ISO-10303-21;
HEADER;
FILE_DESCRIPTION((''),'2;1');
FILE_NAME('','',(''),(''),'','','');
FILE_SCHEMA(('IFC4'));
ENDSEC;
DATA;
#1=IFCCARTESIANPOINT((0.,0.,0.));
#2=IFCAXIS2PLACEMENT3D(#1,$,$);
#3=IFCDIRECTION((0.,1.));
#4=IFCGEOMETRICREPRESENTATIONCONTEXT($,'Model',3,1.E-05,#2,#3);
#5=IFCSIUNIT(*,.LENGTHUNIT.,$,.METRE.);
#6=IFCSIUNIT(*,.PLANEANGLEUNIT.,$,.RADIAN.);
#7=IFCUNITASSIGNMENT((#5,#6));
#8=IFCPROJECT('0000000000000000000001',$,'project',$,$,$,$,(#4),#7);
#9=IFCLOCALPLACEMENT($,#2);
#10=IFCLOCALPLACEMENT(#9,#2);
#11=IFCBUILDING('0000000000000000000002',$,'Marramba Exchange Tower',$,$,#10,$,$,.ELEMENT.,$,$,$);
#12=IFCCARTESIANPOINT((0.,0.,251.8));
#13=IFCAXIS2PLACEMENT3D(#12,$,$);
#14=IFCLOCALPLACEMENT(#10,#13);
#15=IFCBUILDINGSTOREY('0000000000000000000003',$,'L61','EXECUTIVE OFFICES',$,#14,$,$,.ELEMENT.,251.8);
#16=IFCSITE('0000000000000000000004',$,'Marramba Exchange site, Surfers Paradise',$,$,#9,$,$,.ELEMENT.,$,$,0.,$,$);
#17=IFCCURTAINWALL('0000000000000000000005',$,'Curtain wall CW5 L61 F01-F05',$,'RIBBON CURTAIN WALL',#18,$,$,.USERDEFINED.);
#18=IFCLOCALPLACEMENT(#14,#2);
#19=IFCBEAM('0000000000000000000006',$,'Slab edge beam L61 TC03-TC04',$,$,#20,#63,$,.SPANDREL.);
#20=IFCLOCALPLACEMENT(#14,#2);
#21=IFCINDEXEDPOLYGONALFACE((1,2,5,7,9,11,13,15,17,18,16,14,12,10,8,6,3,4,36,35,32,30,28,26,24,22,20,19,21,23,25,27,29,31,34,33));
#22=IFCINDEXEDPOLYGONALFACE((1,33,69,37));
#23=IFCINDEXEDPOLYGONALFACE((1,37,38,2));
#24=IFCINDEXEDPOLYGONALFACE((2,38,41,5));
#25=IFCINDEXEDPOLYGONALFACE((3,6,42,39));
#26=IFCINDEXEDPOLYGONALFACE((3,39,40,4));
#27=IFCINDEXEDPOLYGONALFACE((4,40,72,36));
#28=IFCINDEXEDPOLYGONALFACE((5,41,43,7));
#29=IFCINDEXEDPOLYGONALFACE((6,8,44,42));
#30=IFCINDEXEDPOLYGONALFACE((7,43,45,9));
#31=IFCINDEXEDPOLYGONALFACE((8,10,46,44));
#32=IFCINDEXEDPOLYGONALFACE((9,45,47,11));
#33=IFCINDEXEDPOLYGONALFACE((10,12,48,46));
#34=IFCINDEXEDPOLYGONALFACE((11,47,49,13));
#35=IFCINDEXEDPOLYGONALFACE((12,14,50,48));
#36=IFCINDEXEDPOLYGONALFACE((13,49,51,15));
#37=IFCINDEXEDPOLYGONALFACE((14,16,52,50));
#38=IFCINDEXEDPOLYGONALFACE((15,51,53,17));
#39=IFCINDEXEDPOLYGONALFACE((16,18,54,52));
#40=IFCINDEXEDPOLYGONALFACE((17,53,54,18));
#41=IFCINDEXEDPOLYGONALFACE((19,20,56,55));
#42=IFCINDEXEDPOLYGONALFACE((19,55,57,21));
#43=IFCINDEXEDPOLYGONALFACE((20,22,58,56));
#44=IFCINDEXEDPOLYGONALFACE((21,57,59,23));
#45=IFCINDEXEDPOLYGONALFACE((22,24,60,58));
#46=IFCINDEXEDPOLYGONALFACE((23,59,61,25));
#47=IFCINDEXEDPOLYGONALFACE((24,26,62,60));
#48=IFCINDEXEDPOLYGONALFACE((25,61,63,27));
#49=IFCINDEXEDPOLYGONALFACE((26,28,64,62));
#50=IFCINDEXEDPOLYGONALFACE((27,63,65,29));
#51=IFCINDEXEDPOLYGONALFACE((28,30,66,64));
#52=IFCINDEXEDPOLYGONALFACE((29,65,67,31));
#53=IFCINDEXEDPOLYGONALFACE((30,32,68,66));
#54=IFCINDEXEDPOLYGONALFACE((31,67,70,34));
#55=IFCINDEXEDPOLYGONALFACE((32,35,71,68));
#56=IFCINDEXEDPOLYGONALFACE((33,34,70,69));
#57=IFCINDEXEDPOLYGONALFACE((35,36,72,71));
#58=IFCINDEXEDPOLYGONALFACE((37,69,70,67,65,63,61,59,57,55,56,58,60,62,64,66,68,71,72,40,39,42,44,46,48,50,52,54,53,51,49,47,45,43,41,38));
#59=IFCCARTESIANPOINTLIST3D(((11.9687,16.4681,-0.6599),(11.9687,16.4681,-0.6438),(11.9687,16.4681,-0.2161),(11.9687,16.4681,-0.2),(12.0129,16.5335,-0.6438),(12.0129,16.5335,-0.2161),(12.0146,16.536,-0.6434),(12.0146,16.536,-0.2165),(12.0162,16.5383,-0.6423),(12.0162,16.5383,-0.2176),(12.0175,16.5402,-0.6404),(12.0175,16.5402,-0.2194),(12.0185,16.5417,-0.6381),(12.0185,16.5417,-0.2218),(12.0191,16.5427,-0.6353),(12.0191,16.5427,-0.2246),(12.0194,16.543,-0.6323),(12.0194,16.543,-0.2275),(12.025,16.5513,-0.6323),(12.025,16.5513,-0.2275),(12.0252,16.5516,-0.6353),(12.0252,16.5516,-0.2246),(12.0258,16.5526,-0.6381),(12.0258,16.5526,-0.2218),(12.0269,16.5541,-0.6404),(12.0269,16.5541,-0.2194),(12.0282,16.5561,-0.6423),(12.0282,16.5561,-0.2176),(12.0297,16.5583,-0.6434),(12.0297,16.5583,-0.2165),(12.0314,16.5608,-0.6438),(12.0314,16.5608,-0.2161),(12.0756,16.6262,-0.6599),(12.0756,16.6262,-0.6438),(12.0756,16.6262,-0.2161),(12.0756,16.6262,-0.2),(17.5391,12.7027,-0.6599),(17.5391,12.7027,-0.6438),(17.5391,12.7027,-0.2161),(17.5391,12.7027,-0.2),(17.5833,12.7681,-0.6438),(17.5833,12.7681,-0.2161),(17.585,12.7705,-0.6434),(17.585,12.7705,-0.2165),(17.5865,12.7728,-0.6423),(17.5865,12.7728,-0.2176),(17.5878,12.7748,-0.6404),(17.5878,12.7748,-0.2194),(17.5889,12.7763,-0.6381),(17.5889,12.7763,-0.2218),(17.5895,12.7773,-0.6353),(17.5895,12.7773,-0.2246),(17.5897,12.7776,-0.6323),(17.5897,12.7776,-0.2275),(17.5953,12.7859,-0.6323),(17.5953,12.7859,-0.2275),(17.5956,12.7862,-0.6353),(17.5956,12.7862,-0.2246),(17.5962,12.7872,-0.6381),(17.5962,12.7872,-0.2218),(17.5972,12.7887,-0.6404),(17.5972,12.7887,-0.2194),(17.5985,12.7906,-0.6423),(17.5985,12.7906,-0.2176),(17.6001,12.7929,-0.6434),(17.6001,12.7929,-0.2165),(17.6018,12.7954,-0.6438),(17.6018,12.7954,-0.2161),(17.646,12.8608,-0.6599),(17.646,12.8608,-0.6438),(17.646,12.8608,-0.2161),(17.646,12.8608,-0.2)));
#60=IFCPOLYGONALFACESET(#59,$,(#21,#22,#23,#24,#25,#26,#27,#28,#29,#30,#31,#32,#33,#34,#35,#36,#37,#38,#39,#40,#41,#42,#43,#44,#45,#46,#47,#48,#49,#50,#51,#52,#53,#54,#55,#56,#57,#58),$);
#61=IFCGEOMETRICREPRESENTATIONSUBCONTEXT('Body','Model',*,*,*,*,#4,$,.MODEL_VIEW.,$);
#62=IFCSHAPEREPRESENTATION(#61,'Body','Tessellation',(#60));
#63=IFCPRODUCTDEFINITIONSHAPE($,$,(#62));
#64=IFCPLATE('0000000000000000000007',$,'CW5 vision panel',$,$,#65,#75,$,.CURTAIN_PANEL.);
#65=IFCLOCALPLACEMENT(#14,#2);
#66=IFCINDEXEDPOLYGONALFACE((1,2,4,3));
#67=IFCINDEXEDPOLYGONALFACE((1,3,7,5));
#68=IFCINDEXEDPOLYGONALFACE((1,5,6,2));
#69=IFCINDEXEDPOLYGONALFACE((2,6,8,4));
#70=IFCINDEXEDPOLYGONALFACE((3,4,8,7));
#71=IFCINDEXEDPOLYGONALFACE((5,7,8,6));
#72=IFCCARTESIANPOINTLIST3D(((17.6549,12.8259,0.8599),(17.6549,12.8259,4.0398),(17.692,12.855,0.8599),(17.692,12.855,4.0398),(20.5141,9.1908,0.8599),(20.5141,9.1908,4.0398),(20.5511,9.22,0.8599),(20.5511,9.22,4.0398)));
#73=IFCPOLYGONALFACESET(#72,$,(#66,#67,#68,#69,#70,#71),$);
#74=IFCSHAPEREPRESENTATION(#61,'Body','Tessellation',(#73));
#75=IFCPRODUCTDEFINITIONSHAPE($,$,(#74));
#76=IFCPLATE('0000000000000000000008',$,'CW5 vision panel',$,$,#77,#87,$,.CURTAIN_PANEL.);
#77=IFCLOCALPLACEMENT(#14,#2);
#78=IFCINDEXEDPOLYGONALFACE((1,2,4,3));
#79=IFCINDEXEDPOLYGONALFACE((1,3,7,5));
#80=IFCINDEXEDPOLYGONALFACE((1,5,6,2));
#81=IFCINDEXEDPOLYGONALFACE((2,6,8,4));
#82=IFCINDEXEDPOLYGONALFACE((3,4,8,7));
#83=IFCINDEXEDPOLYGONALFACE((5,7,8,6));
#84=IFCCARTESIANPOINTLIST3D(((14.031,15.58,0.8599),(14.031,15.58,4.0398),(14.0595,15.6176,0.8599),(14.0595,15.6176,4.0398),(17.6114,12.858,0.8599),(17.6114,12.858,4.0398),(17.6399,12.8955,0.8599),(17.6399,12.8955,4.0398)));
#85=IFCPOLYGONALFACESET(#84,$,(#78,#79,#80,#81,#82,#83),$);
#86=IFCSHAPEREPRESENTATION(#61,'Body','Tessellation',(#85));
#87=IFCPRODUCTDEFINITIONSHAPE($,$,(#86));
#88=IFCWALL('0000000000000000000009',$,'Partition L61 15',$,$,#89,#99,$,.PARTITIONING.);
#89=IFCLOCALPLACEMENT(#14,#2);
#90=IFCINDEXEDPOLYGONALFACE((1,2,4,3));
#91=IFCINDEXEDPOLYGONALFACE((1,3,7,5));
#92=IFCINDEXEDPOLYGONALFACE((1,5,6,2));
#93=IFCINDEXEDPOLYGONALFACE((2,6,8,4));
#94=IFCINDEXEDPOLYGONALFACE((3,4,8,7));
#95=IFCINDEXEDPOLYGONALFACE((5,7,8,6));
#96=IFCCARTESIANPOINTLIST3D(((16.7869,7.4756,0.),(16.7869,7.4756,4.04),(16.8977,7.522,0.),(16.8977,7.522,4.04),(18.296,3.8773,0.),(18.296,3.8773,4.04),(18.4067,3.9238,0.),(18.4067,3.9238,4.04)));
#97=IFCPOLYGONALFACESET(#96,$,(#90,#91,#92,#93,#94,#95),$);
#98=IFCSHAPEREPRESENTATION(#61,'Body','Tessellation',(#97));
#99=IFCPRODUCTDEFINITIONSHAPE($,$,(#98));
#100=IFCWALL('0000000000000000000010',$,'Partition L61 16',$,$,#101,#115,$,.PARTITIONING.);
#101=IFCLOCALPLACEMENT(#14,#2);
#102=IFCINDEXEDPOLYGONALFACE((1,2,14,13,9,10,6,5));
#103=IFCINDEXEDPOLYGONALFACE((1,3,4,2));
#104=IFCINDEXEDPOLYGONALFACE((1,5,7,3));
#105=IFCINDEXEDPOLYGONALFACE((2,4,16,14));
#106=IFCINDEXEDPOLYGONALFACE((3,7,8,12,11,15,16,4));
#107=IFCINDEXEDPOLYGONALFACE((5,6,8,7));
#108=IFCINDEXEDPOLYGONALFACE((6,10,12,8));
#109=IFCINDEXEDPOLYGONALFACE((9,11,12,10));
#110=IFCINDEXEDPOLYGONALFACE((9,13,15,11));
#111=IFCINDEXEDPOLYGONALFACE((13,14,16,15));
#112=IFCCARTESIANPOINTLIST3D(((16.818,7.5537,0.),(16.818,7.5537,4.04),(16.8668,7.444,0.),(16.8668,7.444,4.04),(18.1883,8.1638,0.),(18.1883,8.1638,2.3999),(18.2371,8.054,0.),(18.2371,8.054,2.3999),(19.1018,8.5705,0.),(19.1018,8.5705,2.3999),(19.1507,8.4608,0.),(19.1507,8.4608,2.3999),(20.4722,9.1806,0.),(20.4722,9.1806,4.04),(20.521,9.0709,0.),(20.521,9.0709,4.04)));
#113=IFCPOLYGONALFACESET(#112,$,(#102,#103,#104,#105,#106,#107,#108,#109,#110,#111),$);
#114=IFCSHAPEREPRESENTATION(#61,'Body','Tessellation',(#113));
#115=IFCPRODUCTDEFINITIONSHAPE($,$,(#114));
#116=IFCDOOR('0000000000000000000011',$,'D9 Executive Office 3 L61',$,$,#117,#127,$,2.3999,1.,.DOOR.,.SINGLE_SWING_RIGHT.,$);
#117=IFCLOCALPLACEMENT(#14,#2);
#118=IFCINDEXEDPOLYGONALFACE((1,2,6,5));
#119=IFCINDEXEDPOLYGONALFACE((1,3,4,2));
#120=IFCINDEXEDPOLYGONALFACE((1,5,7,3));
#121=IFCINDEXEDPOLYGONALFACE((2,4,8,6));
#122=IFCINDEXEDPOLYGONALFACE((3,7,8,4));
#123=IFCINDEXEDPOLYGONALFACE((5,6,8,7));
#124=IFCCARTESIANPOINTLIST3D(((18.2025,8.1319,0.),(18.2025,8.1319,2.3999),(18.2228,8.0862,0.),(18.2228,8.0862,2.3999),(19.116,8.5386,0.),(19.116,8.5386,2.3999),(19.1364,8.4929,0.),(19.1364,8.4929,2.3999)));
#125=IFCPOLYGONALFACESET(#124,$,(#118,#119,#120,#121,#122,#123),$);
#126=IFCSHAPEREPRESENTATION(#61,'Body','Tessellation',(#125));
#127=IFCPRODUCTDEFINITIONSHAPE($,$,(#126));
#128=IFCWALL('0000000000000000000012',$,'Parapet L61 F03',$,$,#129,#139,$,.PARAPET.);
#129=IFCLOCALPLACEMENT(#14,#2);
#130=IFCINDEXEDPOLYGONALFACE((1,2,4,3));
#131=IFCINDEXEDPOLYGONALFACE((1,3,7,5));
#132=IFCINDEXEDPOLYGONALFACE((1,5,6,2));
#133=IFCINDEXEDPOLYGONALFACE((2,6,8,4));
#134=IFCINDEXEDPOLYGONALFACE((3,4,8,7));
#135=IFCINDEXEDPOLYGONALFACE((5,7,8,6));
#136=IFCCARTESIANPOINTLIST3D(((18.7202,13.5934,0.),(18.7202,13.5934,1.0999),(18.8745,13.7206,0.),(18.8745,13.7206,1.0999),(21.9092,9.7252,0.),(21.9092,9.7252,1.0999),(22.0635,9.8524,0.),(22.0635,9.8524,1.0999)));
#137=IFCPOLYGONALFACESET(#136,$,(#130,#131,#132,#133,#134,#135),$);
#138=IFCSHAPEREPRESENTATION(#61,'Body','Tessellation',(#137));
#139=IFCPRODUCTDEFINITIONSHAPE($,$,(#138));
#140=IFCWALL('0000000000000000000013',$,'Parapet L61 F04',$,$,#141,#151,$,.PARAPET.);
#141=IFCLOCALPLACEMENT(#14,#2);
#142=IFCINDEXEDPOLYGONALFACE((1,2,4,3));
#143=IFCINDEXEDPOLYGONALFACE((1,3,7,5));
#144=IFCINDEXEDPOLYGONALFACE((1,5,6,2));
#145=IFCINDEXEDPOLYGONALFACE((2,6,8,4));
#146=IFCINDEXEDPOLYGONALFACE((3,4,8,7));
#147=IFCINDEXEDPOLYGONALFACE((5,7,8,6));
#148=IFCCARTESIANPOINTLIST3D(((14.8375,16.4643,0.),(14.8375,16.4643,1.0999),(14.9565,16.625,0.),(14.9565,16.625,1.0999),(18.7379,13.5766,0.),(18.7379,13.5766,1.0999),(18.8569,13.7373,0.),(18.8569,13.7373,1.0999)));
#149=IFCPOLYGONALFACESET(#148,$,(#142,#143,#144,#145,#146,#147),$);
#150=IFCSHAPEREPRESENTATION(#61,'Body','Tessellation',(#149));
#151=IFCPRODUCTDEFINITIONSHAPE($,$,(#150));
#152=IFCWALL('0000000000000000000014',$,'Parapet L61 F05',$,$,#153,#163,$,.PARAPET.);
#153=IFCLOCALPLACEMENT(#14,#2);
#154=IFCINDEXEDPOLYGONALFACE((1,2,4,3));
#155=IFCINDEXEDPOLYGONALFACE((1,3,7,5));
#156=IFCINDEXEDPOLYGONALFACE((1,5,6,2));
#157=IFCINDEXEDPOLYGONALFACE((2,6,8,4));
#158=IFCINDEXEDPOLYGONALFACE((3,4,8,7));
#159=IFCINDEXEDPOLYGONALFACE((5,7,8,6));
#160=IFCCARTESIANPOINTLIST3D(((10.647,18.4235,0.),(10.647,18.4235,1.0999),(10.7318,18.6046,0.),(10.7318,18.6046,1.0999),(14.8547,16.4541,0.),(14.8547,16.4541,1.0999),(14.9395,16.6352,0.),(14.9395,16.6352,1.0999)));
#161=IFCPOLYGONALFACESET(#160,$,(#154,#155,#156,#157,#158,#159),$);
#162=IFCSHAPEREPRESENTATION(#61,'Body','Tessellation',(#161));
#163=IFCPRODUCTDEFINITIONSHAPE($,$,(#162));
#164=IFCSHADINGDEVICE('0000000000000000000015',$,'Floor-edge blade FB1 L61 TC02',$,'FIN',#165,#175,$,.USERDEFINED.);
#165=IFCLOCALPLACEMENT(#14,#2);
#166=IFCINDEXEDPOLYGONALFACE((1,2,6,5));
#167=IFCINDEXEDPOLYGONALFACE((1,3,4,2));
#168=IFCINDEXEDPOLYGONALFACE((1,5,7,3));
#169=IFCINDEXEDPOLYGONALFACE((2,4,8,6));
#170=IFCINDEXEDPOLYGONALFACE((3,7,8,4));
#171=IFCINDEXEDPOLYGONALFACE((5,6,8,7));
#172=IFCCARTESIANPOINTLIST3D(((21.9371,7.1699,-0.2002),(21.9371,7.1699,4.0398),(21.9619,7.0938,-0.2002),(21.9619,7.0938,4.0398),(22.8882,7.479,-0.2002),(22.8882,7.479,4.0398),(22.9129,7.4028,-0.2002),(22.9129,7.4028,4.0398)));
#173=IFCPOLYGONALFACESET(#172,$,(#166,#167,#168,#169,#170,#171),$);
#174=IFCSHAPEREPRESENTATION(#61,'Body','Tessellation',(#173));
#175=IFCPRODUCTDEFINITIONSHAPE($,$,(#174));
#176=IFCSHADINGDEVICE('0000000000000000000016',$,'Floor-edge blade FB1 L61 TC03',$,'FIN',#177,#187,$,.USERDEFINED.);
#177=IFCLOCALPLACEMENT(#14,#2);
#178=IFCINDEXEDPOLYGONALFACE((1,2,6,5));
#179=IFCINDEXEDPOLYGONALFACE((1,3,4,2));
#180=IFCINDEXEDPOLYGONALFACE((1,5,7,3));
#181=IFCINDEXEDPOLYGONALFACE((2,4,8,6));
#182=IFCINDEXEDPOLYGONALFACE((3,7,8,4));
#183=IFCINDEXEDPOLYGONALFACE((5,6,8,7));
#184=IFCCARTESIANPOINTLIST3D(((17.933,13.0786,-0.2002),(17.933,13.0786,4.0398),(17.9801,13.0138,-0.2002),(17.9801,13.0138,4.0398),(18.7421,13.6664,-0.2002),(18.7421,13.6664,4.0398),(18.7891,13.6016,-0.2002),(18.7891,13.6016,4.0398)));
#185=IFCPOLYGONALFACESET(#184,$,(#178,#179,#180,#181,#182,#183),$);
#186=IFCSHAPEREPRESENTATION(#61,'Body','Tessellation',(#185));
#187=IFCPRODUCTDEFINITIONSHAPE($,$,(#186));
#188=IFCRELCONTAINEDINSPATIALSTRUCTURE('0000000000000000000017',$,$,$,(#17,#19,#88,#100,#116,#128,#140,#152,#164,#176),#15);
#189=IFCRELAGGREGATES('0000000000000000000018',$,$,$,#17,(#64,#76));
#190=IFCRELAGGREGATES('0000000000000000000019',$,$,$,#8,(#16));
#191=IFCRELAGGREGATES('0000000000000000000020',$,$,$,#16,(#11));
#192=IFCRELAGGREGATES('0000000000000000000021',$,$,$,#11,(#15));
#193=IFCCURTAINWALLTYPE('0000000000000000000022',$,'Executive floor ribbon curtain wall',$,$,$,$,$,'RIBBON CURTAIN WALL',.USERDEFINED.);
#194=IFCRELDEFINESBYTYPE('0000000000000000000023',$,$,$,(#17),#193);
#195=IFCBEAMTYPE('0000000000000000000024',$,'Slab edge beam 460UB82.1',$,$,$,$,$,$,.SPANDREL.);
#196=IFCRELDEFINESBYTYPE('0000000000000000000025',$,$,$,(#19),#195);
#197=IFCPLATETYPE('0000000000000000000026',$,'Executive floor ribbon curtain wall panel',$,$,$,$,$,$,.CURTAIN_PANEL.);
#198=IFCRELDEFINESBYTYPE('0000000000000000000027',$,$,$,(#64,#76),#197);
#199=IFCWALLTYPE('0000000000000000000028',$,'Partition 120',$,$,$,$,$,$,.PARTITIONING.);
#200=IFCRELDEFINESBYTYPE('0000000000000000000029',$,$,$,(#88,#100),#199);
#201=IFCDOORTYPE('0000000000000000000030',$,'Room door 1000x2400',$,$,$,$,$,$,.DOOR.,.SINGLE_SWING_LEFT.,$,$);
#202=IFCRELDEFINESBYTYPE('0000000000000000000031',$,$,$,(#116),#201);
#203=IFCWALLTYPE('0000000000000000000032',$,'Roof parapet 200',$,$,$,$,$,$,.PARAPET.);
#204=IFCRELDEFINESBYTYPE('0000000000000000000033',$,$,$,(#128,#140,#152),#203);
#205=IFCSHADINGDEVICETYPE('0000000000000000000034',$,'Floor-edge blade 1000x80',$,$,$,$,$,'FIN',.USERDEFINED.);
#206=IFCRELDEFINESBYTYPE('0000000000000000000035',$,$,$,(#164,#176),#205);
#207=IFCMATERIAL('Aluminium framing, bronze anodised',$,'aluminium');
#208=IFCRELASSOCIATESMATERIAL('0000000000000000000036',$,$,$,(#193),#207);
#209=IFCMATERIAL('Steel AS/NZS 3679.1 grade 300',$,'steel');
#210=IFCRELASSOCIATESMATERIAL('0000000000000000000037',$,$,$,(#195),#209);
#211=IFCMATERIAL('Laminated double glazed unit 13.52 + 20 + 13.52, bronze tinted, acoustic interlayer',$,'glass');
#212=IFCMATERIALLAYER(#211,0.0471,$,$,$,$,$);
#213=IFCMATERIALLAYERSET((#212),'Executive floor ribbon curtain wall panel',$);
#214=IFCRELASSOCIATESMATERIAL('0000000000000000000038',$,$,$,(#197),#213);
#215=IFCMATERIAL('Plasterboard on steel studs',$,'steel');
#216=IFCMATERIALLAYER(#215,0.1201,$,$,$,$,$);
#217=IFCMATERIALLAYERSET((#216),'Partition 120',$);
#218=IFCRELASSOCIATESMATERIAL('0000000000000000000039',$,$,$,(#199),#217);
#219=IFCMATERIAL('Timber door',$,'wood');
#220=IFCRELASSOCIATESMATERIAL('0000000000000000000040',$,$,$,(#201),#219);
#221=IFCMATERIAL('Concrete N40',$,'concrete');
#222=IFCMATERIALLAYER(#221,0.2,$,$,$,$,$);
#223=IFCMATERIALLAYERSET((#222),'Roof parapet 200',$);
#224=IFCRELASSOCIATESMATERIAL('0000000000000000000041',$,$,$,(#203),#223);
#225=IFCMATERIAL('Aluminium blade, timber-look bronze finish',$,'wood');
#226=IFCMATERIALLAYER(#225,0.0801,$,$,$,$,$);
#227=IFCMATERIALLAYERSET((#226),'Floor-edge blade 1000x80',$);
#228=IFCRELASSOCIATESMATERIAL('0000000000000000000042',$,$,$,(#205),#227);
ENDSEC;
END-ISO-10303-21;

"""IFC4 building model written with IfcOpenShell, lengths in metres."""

from ifc_helpers import new_model, si_unit, direction, frame, frame_2d, origin, origin_2d, place, context, subcontext, project, spatial, rectangle, i_section, extrude, material, layer, layer_set, material_profile, profile_set, type_object, element, fill, aggregate, save


model = new_model("IFC4")

# Units and contexts
model_context = context("Model", 3, precision=1e-05, world=origin(), true_north=direction((0.0, 1.0)))
body_context = subcontext(model_context, "Body", "Model", "MODEL_VIEW")
ifc_project = project(units=[si_unit("LENGTHUNIT", "METRE"), si_unit("PLANEANGLEUNIT", "RADIAN")], contexts=[model_context])

# Site, building, storey
site_placement = place(None, origin())
site = spatial("IfcSite", under=ifc_project, at=site_placement, Name="Marramba Exchange site, Surfers Paradise", CompositionType="ELEMENT", RefElevation=0.0)
building_placement = place(site_placement, origin())
building = spatial("IfcBuilding", under=site, at=building_placement, Name="Marramba Exchange Tower", CompositionType="ELEMENT")
storey_placement = place(building_placement, frame((0.0, 0.0, 251.8)))
storey = spatial("IfcBuildingStorey", under=building, at=storey_placement, Name="L61", Description="EXECUTIVE OFFICES", CompositionType="ELEMENT", Elevation=251.8)

# Curtain wall
ifc_material_1 = material(Name="Aluminium framing, bronze anodised", Category="aluminium")
curtain_wall_type = type_object("IfcCurtainWallType", Name="Executive floor ribbon curtain wall", ElementType="RIBBON CURTAIN WALL", PredefinedType="USERDEFINED", material=ifc_material_1)
curtain_wall_placement = place(storey_placement, origin())
curtain_wall = element("IfcCurtainWall", 1, at=curtain_wall_placement, inside=storey, type_object=curtain_wall_type, Name="Curtain wall CW5 L61 F01-F05", ObjectType="RIBBON CURTAIN WALL", PredefinedType="USERDEFINED")

# Beam
ifc_material_2 = material(Name="Steel AS/NZS 3679.1 grade 300", Category="steel")
ifc_material_profile_1 = material_profile(ifc_material_2, i_section(OverallWidth=0.1909, OverallDepth=0.46, WebThickness=0.01, FlangeThickness=0.0161, FilletRadius=0.0115, at=origin_2d()), Name="460UB82.1")
ifc_profile_set_1 = profile_set([ifc_material_profile_1], Name="Steel AS/NZS 3679.1 grade 300")
beam_type_1 = type_object("IfcBeamType", Name="Slab edge beam 460UB82.1", PredefinedType="SPANDREL", material=ifc_profile_set_1)
beam_1_placement = place(storey_placement, frame((17.5925, 12.7817, -0.4299), z_axis=(-0.828475, 0.560027, 0.0), x_axis=(-0.560027, -0.828475, 0.0)))
element("IfcBeam", 2, at=beam_1_placement, inside=storey, type_object=beam_type_1, Name="Slab edge beam L61 TC03-TC04", PredefinedType="SPANDREL", context=body_context, shape_type="SweptSolid", body=[
    extrude(i_section(OverallWidth=0.1909, OverallDepth=0.46, WebThickness=0.01, FlangeThickness=0.0161, FilletRadius=0.0115, at=origin_2d()), origin(), (0.0, 0.0, 1.0), 6.7236),
])

# Plates
ifc_material_3 = material(Name="Laminated double glazed unit 13.52 + 20 + 13.52, bronze tinted, acoustic interlayer", Category="glass")
ifc_layer_1 = layer(ifc_material_3, 0.0471)
ifc_layer_set_1 = layer_set([ifc_layer_1], Name="Executive floor ribbon curtain wall panel")
plate_type = type_object("IfcPlateType", Name="Executive floor ribbon curtain wall panel", PredefinedType="CURTAIN_PANEL", material=ifc_layer_set_1)
plate_1_placement = place(storey_placement, frame((19.103, 11.0229, 0.8599), z_axis=(0.0, 0.0, 1.0), x_axis=(-0.618223, 0.786003, 0.0)))
plate_1 = element("IfcPlate", 3, at=plate_1_placement, type_object=plate_type, Name="CW5 vision panel", PredefinedType="CURTAIN_PANEL", context=body_context, shape_type="SweptSolid", body=[
    extrude(rectangle(XDim=4.6248, YDim=0.0471, at=origin_2d()), origin(), (0.0, 0.0, 1.0), 3.1799),
])
plate_2_placement = place(storey_placement, frame((15.8354, 14.2378, 0.8599), z_axis=(0.0, 0.0, 1.0), x_axis=(-0.796059, 0.605219, 0.0)))
plate_2 = element("IfcPlate", 4, at=plate_2_placement, type_object=plate_type, Name="CW5 vision panel", PredefinedType="CURTAIN_PANEL", context=body_context, shape_type="SweptSolid", body=[
    extrude(rectangle(XDim=4.4976, YDim=0.0471, at=origin_2d()), origin(), (0.0, 0.0, 1.0), 3.1799),
])
aggregate(curtain_wall, [plate_1, plate_2])

# Wall
ifc_material_4 = material(Name="Plasterboard on steel studs", Category="steel")
ifc_layer_2 = layer(ifc_material_4, 0.1201)
ifc_layer_set_2 = layer_set([ifc_layer_2], Name="Partition 120")
wall_type_1 = type_object("IfcWallType", Name="Partition 120", PredefinedType="PARTITIONING", material=ifc_layer_set_2)
wall_1_placement = place(storey_placement, frame((16.8423, 7.4988, 0.0), z_axis=(0.0, 0.0, 1.0), x_axis=(0.386756, -0.922182, 0.0)))
element("IfcWall", 5, at=wall_1_placement, inside=storey, type_object=wall_type_1, Name="Partition L61 15", PredefinedType="PARTITIONING", context=body_context, shape_type="SweptSolid", body=[
    extrude(rectangle(XDim=3.9019, YDim=0.1201, at=frame_2d((1.9509, 0.0))), origin(), (0.0, 0.0, 1.0), 4.04),
])

# Wall, opening, door
wall_2_placement = place(storey_placement, frame((20.4966, 9.1257, 0.0), z_axis=(0.0, 0.0, 1.0), x_axis=(-0.91355, -0.406727, 0.0)))
wall_2 = element("IfcWall", 6, at=wall_2_placement, inside=storey, type_object=wall_type_1, Name="Partition L61 16", PredefinedType="PARTITIONING", context=body_context, shape_type="SweptSolid", body=[
    extrude(rectangle(XDim=4.0, YDim=0.1201, at=frame_2d((2.0, 0.0))), origin(), (0.0, 0.0, 1.0), 4.04),
])
opening_1_placement = place(wall_2_placement, frame((1.5, 0.0, 0.0)))
opening_1 = element("IfcOpeningElement", 7, at=opening_1_placement, cuts=wall_2, PredefinedType="OPENING", context=body_context, shape_type="SweptSolid", body=[
    extrude(rectangle(XDim=1.0, YDim=2.3999, at=frame_2d((0.5, 1.2))), frame((0.0, 0.0701, 0.0), z_axis=(0.0, -1.0, 0.0), x_axis=(1.0, 0.0, 0.0)), (0.0, 0.0, 1.0), 0.1401),
])
ifc_material_5 = material(Name="Timber door", Category="wood")
door_type_1 = type_object("IfcDoorType", Name="Room door 1000x2400", OperationType="SINGLE_SWING_LEFT", PredefinedType="DOOR", material=ifc_material_5)
door_1_placement = place(opening_1_placement, origin())
door_1 = element("IfcDoor", 8, at=door_1_placement, inside=storey, type_object=door_type_1, Name="D9 Executive Office 3 L61", OperationType="SINGLE_SWING_RIGHT", OverallHeight=2.3999, OverallWidth=1.0, PredefinedType="DOOR", context=body_context, shape_type="SweptSolid", body=[
    extrude(rectangle(XDim=1.0, YDim=2.3999, at=frame_2d((0.5, 1.2))), frame((0.0, 0.0249, 0.0), z_axis=(0.0, -1.0, 0.0), x_axis=(1.0, 0.0, 0.0)), (0.0, 0.0, 1.0), 0.05),
])
fill(opening_1, door_1)

# Walls
ifc_material_6 = material(Name="Concrete N40", Category="concrete")
ifc_layer_3 = layer(ifc_material_6, 0.2)
ifc_layer_set_3 = layer_set([ifc_layer_3], Name="Roof parapet 200")
wall_type_2 = type_object("IfcWallType", Name="Roof parapet 200", PredefinedType="PARAPET", material=ifc_layer_set_3)
wall_3_placement = place(storey_placement, frame((21.9863, 9.7888, 0.0), z_axis=(0.0, 0.0, 1.0), x_axis=(-0.636113, 0.771596, 0.0)))
element("IfcWall", 9, at=wall_3_placement, inside=storey, type_object=wall_type_2, Name="Parapet L61 F03", PredefinedType="PARAPET", context=body_context, shape_type="SweptSolid", body=[
    extrude(rectangle(XDim=5.0132, YDim=0.2, at=frame_2d((2.5066, 0.0))), origin(), (0.0, 0.0, 1.0), 1.0999),
])
wall_4_placement = place(storey_placement, frame((18.7974, 13.657, 0.0), z_axis=(0.0, 0.0, 1.0), x_axis=(-0.803703, 0.59503, 0.0)))
element("IfcWall", 10, at=wall_4_placement, inside=storey, type_object=wall_type_2, Name="Parapet L61 F04", PredefinedType="PARAPET", context=body_context, shape_type="SweptSolid", body=[
    extrude(rectangle(XDim=4.853, YDim=0.2, at=frame_2d((2.4265, 0.0))), origin(), (0.0, 0.0, 1.0), 1.0999),
])
wall_5_placement = place(storey_placement, frame((14.897, 16.5447, 0.0), z_axis=(0.0, 0.0, 1.0), x_axis=(-0.905699, 0.423921, 0.0)))
element("IfcWall", 11, at=wall_5_placement, inside=storey, type_object=wall_type_2, Name="Parapet L61 F05", PredefinedType="PARAPET", context=body_context, shape_type="SweptSolid", body=[
    extrude(rectangle(XDim=4.6458, YDim=0.2, at=frame_2d((2.3228, 0.0))), origin(), (0.0, 0.0, 1.0), 1.0999),
])

# Shading devices
ifc_material_7 = material(Name="Aluminium blade, timber-look bronze finish", Category="wood")
ifc_layer_4 = layer(ifc_material_7, 0.0801)
ifc_layer_set_4 = layer_set([ifc_layer_4], Name="Floor-edge blade 1000x80")
shading_device_type_1 = type_object("IfcShadingDeviceType", Name="Floor-edge blade 1000x80", ElementType="FIN", PredefinedType="USERDEFINED", material=ifc_layer_set_4)
for number, where, z_axis, x_axis, name in (
    (12, (22.425, 7.2864, -0.2002), (0.0, 0.0, 1.0), (0.951057, 0.309017, 0.0), "Floor-edge blade FB1 L61 TC02"),
    (13, (18.3611, 13.3401, -0.2002), (0.0, 0.0, 1.0), (0.809017, 0.587785, 0.0), "Floor-edge blade FB1 L61 TC03"),
):
    element("IfcShadingDevice", number, at=place(storey_placement, frame(where, z_axis=z_axis, x_axis=x_axis)), inside=storey, type_object=shading_device_type_1, Name=name, ObjectType="FIN", PredefinedType="USERDEFINED", context=body_context, shape_type="SweptSolid", body=[
        extrude(rectangle(XDim=1.0, YDim=0.0801, at=origin_2d()), origin(), (0.0, 0.0, 1.0), 4.24),
    ])

save(model, "model.ifc")
